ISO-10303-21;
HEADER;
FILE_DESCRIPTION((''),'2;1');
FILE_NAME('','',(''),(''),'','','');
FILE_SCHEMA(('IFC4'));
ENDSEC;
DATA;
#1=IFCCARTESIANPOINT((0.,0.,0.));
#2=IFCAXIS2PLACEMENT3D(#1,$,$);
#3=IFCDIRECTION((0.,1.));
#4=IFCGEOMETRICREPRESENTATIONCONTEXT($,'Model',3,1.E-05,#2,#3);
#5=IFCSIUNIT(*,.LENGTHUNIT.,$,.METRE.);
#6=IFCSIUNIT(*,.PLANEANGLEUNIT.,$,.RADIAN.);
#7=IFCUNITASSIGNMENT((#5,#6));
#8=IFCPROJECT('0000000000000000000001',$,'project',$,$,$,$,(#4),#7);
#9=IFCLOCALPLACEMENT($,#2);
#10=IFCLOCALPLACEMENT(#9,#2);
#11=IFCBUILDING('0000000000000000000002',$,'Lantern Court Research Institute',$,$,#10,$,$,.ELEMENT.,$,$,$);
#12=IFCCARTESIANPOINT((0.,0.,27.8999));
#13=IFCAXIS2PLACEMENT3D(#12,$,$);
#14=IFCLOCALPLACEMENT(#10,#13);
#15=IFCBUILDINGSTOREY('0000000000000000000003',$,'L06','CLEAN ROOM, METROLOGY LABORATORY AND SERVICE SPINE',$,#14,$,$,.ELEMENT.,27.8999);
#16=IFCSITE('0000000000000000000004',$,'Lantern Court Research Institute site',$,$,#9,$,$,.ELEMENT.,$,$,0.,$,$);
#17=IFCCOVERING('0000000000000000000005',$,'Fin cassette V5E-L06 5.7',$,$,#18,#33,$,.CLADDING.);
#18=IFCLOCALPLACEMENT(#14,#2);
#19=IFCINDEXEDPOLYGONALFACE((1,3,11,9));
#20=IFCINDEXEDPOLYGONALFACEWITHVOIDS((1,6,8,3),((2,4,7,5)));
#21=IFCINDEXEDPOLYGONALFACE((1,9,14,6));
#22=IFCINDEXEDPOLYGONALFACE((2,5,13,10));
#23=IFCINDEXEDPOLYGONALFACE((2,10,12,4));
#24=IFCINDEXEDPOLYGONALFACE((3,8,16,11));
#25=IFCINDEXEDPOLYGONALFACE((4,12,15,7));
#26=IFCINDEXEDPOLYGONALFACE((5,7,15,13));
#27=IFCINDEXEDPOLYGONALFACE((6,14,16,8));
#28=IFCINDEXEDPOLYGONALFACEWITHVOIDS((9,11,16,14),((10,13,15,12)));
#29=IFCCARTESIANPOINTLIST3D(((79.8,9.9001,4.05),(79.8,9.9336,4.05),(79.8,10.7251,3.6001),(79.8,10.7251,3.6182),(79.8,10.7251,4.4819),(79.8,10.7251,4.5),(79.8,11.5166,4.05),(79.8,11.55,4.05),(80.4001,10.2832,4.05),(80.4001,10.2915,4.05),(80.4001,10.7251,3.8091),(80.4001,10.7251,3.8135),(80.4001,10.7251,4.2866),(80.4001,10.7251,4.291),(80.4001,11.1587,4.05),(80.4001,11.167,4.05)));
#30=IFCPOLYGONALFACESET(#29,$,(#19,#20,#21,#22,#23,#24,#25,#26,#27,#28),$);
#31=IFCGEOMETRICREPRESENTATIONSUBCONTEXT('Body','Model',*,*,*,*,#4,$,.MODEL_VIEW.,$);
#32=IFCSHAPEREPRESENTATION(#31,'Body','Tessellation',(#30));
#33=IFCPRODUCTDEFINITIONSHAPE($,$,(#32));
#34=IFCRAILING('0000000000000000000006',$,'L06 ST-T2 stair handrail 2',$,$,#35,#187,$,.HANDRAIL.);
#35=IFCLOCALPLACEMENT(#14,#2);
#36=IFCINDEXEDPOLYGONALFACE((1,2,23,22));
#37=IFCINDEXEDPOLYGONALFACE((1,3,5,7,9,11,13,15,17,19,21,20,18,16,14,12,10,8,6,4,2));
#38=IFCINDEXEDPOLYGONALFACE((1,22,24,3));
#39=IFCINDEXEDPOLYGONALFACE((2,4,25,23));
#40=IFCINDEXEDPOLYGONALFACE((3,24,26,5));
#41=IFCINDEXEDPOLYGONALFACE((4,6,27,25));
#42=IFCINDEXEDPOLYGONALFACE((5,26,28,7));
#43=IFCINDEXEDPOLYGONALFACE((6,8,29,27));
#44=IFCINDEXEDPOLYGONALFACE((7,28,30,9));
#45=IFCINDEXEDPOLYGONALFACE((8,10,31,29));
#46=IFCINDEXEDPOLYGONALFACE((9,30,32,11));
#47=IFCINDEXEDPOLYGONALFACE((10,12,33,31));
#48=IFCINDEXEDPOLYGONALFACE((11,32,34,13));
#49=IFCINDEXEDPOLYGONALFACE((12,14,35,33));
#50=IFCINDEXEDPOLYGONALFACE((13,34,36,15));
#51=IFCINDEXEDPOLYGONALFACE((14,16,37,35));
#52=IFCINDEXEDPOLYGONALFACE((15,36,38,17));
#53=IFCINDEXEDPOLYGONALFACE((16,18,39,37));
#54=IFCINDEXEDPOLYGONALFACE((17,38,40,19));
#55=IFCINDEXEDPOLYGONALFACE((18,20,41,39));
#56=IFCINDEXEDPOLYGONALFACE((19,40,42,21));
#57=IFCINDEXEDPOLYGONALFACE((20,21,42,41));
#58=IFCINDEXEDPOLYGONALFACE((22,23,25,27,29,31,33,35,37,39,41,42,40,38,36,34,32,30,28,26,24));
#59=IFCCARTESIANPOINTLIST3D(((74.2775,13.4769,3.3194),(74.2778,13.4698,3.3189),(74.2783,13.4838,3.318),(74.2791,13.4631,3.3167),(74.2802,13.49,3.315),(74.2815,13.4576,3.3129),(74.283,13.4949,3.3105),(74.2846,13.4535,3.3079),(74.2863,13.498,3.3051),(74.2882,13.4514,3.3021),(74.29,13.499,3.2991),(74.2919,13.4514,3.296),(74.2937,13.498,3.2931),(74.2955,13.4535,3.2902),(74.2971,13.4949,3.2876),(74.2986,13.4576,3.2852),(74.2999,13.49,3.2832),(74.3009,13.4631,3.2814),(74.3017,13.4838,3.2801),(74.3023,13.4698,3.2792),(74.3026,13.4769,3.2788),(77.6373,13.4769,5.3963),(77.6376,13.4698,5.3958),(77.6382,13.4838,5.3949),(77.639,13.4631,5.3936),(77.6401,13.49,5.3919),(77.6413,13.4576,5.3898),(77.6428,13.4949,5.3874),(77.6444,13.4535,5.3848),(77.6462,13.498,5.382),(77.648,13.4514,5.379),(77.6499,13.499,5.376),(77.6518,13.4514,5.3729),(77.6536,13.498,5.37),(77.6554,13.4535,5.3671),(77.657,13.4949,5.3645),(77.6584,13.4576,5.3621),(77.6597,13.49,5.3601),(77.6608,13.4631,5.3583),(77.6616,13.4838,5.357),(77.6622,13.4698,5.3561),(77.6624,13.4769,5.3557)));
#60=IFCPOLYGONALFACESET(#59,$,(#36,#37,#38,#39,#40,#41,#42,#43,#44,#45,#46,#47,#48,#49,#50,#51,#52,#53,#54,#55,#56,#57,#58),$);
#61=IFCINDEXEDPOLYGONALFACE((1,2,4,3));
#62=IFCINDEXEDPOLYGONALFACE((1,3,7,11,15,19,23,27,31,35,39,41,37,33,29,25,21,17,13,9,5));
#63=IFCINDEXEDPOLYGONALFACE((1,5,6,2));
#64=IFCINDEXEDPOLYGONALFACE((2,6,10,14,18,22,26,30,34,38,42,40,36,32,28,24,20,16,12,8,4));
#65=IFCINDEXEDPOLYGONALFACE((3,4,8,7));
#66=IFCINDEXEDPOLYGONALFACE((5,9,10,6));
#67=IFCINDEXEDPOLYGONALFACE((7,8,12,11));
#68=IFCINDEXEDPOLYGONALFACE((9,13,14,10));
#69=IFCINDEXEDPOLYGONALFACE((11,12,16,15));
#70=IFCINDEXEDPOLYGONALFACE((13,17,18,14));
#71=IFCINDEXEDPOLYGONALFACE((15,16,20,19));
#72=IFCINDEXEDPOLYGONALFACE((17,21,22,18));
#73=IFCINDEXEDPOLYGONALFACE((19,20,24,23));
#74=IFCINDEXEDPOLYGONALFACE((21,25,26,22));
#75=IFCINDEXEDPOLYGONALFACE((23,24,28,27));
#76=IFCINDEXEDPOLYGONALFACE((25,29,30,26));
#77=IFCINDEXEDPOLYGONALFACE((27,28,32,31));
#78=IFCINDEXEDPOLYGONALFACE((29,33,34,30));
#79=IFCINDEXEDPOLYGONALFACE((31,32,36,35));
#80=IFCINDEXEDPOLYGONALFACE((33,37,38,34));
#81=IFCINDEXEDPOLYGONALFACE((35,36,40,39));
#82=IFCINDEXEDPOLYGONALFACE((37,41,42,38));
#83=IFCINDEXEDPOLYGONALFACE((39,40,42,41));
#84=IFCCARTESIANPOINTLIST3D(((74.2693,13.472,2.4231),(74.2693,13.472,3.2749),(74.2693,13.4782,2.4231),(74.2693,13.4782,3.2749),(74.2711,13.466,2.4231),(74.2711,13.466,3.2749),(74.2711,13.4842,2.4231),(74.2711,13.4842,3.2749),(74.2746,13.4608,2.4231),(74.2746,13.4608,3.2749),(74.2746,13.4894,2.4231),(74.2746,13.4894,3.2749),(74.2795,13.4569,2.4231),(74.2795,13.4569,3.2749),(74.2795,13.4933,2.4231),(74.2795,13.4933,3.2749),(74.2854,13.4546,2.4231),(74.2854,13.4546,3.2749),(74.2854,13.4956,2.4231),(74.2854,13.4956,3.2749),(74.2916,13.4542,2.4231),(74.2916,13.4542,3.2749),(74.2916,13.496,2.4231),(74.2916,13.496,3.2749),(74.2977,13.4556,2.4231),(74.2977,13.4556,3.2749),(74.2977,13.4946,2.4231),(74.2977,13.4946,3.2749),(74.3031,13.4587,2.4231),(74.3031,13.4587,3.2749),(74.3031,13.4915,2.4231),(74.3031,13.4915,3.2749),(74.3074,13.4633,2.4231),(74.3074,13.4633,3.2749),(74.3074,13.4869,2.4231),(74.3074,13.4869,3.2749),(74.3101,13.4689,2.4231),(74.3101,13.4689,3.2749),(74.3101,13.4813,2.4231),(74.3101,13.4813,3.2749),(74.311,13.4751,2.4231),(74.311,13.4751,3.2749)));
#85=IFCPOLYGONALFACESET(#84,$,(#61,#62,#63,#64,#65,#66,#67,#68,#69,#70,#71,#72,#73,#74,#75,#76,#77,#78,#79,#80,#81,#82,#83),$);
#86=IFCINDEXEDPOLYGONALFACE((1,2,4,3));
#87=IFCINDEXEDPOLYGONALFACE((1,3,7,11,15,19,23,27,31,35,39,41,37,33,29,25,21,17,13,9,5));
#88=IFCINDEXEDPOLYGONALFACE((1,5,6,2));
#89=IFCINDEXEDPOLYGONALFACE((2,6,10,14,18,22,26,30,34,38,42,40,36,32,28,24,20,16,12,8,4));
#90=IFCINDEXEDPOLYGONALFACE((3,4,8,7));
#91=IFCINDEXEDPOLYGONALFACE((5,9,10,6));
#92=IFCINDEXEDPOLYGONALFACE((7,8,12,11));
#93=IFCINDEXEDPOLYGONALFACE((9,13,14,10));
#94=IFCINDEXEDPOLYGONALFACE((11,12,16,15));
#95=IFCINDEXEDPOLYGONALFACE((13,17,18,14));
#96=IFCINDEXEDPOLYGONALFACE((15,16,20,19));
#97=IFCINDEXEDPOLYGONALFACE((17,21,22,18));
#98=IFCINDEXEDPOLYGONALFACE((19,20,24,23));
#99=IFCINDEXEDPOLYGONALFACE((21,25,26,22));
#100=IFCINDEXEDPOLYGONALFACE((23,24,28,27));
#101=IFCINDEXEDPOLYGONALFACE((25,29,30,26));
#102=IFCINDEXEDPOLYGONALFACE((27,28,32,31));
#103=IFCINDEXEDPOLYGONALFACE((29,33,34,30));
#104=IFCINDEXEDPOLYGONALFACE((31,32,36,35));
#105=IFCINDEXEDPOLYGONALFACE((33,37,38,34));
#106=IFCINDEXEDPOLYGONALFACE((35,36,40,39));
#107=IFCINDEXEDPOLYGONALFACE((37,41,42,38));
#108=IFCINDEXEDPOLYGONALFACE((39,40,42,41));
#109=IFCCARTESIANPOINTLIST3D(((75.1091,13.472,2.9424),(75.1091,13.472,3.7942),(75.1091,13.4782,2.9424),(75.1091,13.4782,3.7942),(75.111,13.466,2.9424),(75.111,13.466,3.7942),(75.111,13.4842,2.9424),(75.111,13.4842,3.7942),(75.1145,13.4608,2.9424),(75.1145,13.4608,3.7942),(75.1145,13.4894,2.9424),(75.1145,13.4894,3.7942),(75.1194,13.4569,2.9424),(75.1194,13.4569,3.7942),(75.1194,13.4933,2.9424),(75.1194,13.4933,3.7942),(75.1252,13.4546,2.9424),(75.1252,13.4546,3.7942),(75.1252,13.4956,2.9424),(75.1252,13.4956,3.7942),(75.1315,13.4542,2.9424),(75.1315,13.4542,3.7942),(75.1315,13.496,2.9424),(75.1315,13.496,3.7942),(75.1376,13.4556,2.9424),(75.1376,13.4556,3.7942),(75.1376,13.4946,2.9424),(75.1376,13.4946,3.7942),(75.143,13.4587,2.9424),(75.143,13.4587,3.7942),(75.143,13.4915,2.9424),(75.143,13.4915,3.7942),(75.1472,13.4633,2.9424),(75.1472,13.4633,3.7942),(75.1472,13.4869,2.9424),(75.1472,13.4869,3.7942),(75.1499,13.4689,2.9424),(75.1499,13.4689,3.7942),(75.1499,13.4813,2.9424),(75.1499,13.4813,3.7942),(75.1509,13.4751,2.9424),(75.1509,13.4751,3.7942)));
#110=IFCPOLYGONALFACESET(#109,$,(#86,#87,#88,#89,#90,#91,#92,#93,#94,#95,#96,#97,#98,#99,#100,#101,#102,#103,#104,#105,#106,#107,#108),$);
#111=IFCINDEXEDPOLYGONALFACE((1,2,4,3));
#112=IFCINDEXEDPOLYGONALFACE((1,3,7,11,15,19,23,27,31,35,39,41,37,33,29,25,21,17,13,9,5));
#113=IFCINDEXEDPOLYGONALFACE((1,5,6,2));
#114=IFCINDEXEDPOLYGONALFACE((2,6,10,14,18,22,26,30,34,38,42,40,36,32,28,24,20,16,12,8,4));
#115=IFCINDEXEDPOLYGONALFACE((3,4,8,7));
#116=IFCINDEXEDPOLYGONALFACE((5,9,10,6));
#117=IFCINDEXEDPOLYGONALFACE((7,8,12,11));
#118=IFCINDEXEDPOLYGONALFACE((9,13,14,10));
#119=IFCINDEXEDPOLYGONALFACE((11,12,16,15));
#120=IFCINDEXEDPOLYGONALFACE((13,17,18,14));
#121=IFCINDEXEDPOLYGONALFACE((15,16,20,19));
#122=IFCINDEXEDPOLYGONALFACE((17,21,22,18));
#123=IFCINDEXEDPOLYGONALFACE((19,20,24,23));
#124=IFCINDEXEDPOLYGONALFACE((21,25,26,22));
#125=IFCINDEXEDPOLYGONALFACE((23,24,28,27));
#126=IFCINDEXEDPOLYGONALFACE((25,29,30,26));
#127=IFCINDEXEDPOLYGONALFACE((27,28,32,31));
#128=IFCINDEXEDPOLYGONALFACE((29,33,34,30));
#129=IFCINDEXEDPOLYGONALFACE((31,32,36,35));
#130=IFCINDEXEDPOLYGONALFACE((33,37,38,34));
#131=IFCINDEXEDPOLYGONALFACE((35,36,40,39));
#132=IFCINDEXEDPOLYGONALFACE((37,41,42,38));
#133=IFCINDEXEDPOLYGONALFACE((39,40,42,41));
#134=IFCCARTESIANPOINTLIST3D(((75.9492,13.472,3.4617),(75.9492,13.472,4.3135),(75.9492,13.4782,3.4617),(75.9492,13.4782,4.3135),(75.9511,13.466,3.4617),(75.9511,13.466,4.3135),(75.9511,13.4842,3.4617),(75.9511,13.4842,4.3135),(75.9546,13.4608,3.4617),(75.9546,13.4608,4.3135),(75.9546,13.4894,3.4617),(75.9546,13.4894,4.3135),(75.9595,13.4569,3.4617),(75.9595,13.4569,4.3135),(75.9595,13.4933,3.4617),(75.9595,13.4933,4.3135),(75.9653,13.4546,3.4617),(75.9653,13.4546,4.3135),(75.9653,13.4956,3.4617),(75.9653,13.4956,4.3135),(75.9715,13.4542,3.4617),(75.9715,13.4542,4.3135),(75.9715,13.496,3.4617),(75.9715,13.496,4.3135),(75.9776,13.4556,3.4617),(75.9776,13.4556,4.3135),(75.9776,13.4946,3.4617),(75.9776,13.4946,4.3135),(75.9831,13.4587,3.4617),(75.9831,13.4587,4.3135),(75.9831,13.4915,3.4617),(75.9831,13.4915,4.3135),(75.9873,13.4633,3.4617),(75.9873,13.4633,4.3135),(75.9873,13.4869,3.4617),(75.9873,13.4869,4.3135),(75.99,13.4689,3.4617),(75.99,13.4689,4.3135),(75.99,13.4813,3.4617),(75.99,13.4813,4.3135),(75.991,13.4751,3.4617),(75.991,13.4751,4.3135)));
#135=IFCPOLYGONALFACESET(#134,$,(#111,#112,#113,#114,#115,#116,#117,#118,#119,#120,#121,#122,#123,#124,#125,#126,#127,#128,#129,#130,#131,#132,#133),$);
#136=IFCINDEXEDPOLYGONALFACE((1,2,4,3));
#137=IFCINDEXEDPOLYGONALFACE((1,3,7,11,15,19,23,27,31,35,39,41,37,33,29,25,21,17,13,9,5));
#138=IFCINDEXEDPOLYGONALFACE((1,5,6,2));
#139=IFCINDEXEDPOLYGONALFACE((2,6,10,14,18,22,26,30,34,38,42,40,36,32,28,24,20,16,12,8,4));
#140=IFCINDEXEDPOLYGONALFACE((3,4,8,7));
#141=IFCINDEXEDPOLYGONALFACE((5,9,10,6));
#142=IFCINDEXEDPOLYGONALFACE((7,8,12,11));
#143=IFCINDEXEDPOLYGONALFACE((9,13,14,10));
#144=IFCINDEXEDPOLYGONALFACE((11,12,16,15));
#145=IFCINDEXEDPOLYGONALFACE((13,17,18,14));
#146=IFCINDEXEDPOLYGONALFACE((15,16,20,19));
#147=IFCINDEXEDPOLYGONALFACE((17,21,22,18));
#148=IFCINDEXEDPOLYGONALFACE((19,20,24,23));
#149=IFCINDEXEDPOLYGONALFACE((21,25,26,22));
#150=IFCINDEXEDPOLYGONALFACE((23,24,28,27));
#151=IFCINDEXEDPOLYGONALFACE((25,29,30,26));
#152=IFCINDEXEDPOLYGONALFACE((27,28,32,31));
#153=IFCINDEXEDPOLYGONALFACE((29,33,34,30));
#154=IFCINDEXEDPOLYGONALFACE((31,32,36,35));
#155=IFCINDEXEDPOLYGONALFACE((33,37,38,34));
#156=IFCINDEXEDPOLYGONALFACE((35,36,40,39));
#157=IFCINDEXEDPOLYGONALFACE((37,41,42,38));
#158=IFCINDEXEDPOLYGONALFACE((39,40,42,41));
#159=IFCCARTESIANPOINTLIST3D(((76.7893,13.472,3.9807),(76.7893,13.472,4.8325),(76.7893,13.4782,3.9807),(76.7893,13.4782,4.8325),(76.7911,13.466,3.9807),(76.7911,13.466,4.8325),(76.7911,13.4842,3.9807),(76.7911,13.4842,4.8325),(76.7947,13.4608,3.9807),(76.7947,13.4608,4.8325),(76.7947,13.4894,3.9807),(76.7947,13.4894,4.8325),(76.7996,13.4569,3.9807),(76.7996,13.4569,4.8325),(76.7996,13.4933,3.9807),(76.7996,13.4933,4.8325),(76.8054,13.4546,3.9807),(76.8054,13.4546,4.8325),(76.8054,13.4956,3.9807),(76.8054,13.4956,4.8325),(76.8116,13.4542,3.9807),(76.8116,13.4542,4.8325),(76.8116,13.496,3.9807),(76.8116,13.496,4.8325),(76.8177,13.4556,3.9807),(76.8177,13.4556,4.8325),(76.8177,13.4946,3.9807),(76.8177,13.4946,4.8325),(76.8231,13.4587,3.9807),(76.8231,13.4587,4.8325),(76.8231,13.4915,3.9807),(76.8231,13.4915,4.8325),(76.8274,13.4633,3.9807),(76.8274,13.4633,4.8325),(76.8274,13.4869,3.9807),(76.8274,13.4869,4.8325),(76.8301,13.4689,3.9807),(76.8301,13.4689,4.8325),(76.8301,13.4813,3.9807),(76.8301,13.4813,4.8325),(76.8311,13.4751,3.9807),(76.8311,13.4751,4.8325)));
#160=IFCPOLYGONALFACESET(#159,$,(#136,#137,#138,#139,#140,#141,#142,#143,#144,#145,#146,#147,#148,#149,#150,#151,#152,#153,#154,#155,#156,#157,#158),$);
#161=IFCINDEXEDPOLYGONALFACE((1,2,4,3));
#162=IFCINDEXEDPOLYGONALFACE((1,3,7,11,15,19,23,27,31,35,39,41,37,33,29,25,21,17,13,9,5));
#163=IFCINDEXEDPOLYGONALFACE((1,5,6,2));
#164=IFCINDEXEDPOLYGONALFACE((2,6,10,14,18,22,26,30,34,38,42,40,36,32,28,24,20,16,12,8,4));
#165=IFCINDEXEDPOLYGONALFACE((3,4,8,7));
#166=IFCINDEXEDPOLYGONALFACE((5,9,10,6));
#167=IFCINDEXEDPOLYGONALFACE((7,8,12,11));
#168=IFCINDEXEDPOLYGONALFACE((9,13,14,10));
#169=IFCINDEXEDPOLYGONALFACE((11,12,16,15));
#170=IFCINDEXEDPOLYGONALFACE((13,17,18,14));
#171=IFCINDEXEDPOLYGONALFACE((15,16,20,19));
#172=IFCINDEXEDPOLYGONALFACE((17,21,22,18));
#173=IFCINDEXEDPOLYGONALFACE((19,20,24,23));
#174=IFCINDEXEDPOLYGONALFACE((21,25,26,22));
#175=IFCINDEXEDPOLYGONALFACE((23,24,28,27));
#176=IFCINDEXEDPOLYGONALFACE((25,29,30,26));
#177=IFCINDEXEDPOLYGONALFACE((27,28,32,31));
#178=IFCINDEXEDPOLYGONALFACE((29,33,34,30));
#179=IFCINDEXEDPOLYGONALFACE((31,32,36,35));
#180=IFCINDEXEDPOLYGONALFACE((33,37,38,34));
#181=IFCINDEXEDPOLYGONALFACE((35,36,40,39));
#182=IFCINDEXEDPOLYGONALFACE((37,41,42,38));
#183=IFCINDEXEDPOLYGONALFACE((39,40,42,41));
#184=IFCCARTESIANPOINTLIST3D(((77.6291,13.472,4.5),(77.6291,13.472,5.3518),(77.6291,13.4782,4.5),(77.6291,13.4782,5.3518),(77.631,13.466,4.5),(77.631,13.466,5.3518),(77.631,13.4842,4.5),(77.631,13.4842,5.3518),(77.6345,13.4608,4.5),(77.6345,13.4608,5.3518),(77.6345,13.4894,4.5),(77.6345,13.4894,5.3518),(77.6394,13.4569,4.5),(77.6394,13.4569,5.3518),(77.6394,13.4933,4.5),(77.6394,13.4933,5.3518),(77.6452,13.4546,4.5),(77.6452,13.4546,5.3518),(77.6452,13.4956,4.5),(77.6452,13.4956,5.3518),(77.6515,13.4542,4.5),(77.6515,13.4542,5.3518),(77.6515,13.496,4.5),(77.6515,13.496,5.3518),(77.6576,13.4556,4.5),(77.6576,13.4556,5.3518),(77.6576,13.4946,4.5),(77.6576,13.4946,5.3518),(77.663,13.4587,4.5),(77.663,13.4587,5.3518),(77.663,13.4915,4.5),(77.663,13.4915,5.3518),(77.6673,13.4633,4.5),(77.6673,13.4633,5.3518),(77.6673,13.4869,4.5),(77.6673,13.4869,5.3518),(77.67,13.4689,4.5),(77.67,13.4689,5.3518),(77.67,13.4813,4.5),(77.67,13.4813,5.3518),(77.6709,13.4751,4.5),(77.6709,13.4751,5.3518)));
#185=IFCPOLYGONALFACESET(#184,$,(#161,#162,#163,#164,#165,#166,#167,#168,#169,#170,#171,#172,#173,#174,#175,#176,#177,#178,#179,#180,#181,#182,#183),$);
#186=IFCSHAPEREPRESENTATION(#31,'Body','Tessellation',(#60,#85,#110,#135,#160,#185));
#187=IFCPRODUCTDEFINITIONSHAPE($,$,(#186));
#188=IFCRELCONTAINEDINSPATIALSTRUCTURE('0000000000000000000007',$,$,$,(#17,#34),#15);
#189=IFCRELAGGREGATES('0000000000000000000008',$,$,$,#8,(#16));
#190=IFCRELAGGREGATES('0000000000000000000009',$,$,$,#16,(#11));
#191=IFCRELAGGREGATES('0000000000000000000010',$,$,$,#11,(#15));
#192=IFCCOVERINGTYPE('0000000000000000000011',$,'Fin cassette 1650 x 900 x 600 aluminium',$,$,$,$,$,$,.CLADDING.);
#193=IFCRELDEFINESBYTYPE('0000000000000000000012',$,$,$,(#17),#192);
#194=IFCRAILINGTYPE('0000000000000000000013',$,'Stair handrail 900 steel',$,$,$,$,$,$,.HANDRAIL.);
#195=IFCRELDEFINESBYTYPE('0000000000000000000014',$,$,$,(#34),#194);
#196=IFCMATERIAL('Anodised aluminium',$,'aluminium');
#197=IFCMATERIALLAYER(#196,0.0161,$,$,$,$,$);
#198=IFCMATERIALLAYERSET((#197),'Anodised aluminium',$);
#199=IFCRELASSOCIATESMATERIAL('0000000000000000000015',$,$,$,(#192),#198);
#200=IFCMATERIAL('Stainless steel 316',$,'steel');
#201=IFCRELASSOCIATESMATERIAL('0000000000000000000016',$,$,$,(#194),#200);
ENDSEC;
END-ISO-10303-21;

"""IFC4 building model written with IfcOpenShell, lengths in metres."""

from ifc_helpers import new_model, entity, si_unit, direction, frame, origin, origin_2d, place, context, subcontext, project, spatial, circle, extrude, material, layer, layer_set, type_object, element, save


model = new_model("IFC4")

# Units and contexts
model_context = context("Model", 3, precision=1e-05, world=origin(), true_north=direction((0.0, 1.0)))
body_context = subcontext(model_context, "Body", "Model", "MODEL_VIEW")
ifc_project = project(units=[si_unit("LENGTHUNIT", "METRE"), si_unit("PLANEANGLEUNIT", "RADIAN")], contexts=[model_context])

# Site, building, storey
site_placement = place(None, origin())
site = spatial("IfcSite", under=ifc_project, at=site_placement, Name="Lantern Court Research Institute site", CompositionType="ELEMENT", RefElevation=0.0)
building_placement = place(site_placement, origin())
building = spatial("IfcBuilding", under=site, at=building_placement, Name="Lantern Court Research Institute", CompositionType="ELEMENT")
storey_placement = place(building_placement, frame((0.0, 0.0, 27.8999)))
storey = spatial("IfcBuildingStorey", under=building, at=storey_placement, Name="L06", Description="CLEAN ROOM, METROLOGY LABORATORY AND SERVICE SPINE", CompositionType="ELEMENT", Elevation=27.8999)

# Covering
ifc_material_1 = material(Name="Anodised aluminium", Category="aluminium")
ifc_layer_1 = layer(ifc_material_1, 0.0161)
ifc_layer_set_1 = layer_set([ifc_layer_1], Name="Anodised aluminium")
covering_type = type_object("IfcCoveringType", Name="Fin cassette 1650 x 900 x 600 aluminium", PredefinedType="CLADDING", material=ifc_layer_set_1)
covering_1_placement = place(storey_placement, frame((79.8, 10.7251, 4.05), z_axis=(1.0, 0.0, 0.0), x_axis=(0.0, 1.0, 0.0)))
cartesian_point_1 = entity("IfcCartesianPoint", [0.825, 0.0])
cartesian_point_2 = entity("IfcCartesianPoint", [0.7915, 0.0])
cartesian_point_3 = entity("IfcCartesianPoint", [0.4419, 0.0])
cartesian_point_4 = entity("IfcCartesianPoint", [0.4336, 0.0])
element("IfcCovering", 1, at=covering_1_placement, inside=storey, type_object=covering_type, Name="Fin cassette V5E-L06 5.7", PredefinedType="CLADDING", context=body_context, shape_type="SweptSolid", body=[
    entity("IfcExtrudedAreaSolidTapered", entity("IfcArbitraryProfileDefWithVoids", "AREA", None, entity("IfcPolyline", [cartesian_point_1, entity("IfcCartesianPoint", [0.0, 0.45]), entity("IfcCartesianPoint", [-0.825, 0.0]), entity("IfcCartesianPoint", [0.0, -0.45]), cartesian_point_1]), [entity("IfcPolyline", [cartesian_point_2, entity("IfcCartesianPoint", [0.0, 0.4319]), entity("IfcCartesianPoint", [-0.7915, 0.0]), entity("IfcCartesianPoint", [0.0, -0.4319]), cartesian_point_2])]), entity("IfcAxis2Placement3D", entity("IfcCartesianPoint", [0.0, 0.0, 0.0])), entity("IfcDirection", [0.0, 0.0, 1.0]), 0.6001, entity("IfcArbitraryProfileDefWithVoids", "AREA", None, entity("IfcPolyline", [cartesian_point_3, entity("IfcCartesianPoint", [0.0, 0.241]), entity("IfcCartesianPoint", [-0.4419, 0.0]), entity("IfcCartesianPoint", [0.0, -0.241]), cartesian_point_3]), [entity("IfcPolyline", [cartesian_point_4, entity("IfcCartesianPoint", [0.0, 0.2366]), entity("IfcCartesianPoint", [-0.4336, 0.0]), entity("IfcCartesianPoint", [0.0, -0.2366]), cartesian_point_4])])),
])

# Railing
ifc_material_2 = material(Name="Stainless steel 316", Category="steel")
railing_type = type_object("IfcRailingType", Name="Stair handrail 900 steel", PredefinedType="HANDRAIL", material=ifc_material_2)
railing_placement = place(storey_placement, frame((74.29, 13.4751, 2.4231)))
element("IfcRailing", 2, at=railing_placement, inside=storey, type_object=railing_type, Name="L06 ST-T2 stair handrail 2", PredefinedType="HANDRAIL", context=body_context, shape_type="SweptSolid", body=[
    extrude(circle(Radius=0.0239, at=origin_2d()), frame((0.0, 0.0, 0.876), z_axis=(0.850606, 0.0, 0.525803), x_axis=(0.0, 1.0, 0.0)), (0.0, 0.0, 1.0), 3.95),
    extrude(circle(Radius=0.021, at=origin_2d()), origin(), (0.0, 0.0, 1.0), 0.8518),
    extrude(circle(Radius=0.021, at=origin_2d()), frame((0.8398, 0.0, 0.5193)), (0.0, 0.0, 1.0), 0.8518),
    extrude(circle(Radius=0.021, at=origin_2d()), frame((1.6799, 0.0, 1.0386)), (0.0, 0.0, 1.0), 0.8518),
    extrude(circle(Radius=0.021, at=origin_2d()), frame((2.52, 0.0, 1.5576)), (0.0, 0.0, 1.0), 0.8518),
    extrude(circle(Radius=0.021, at=origin_2d()), frame((3.3599, 0.0, 2.0769)), (0.0, 0.0, 1.0), 0.8518),
])

save(model, "model.ifc")
